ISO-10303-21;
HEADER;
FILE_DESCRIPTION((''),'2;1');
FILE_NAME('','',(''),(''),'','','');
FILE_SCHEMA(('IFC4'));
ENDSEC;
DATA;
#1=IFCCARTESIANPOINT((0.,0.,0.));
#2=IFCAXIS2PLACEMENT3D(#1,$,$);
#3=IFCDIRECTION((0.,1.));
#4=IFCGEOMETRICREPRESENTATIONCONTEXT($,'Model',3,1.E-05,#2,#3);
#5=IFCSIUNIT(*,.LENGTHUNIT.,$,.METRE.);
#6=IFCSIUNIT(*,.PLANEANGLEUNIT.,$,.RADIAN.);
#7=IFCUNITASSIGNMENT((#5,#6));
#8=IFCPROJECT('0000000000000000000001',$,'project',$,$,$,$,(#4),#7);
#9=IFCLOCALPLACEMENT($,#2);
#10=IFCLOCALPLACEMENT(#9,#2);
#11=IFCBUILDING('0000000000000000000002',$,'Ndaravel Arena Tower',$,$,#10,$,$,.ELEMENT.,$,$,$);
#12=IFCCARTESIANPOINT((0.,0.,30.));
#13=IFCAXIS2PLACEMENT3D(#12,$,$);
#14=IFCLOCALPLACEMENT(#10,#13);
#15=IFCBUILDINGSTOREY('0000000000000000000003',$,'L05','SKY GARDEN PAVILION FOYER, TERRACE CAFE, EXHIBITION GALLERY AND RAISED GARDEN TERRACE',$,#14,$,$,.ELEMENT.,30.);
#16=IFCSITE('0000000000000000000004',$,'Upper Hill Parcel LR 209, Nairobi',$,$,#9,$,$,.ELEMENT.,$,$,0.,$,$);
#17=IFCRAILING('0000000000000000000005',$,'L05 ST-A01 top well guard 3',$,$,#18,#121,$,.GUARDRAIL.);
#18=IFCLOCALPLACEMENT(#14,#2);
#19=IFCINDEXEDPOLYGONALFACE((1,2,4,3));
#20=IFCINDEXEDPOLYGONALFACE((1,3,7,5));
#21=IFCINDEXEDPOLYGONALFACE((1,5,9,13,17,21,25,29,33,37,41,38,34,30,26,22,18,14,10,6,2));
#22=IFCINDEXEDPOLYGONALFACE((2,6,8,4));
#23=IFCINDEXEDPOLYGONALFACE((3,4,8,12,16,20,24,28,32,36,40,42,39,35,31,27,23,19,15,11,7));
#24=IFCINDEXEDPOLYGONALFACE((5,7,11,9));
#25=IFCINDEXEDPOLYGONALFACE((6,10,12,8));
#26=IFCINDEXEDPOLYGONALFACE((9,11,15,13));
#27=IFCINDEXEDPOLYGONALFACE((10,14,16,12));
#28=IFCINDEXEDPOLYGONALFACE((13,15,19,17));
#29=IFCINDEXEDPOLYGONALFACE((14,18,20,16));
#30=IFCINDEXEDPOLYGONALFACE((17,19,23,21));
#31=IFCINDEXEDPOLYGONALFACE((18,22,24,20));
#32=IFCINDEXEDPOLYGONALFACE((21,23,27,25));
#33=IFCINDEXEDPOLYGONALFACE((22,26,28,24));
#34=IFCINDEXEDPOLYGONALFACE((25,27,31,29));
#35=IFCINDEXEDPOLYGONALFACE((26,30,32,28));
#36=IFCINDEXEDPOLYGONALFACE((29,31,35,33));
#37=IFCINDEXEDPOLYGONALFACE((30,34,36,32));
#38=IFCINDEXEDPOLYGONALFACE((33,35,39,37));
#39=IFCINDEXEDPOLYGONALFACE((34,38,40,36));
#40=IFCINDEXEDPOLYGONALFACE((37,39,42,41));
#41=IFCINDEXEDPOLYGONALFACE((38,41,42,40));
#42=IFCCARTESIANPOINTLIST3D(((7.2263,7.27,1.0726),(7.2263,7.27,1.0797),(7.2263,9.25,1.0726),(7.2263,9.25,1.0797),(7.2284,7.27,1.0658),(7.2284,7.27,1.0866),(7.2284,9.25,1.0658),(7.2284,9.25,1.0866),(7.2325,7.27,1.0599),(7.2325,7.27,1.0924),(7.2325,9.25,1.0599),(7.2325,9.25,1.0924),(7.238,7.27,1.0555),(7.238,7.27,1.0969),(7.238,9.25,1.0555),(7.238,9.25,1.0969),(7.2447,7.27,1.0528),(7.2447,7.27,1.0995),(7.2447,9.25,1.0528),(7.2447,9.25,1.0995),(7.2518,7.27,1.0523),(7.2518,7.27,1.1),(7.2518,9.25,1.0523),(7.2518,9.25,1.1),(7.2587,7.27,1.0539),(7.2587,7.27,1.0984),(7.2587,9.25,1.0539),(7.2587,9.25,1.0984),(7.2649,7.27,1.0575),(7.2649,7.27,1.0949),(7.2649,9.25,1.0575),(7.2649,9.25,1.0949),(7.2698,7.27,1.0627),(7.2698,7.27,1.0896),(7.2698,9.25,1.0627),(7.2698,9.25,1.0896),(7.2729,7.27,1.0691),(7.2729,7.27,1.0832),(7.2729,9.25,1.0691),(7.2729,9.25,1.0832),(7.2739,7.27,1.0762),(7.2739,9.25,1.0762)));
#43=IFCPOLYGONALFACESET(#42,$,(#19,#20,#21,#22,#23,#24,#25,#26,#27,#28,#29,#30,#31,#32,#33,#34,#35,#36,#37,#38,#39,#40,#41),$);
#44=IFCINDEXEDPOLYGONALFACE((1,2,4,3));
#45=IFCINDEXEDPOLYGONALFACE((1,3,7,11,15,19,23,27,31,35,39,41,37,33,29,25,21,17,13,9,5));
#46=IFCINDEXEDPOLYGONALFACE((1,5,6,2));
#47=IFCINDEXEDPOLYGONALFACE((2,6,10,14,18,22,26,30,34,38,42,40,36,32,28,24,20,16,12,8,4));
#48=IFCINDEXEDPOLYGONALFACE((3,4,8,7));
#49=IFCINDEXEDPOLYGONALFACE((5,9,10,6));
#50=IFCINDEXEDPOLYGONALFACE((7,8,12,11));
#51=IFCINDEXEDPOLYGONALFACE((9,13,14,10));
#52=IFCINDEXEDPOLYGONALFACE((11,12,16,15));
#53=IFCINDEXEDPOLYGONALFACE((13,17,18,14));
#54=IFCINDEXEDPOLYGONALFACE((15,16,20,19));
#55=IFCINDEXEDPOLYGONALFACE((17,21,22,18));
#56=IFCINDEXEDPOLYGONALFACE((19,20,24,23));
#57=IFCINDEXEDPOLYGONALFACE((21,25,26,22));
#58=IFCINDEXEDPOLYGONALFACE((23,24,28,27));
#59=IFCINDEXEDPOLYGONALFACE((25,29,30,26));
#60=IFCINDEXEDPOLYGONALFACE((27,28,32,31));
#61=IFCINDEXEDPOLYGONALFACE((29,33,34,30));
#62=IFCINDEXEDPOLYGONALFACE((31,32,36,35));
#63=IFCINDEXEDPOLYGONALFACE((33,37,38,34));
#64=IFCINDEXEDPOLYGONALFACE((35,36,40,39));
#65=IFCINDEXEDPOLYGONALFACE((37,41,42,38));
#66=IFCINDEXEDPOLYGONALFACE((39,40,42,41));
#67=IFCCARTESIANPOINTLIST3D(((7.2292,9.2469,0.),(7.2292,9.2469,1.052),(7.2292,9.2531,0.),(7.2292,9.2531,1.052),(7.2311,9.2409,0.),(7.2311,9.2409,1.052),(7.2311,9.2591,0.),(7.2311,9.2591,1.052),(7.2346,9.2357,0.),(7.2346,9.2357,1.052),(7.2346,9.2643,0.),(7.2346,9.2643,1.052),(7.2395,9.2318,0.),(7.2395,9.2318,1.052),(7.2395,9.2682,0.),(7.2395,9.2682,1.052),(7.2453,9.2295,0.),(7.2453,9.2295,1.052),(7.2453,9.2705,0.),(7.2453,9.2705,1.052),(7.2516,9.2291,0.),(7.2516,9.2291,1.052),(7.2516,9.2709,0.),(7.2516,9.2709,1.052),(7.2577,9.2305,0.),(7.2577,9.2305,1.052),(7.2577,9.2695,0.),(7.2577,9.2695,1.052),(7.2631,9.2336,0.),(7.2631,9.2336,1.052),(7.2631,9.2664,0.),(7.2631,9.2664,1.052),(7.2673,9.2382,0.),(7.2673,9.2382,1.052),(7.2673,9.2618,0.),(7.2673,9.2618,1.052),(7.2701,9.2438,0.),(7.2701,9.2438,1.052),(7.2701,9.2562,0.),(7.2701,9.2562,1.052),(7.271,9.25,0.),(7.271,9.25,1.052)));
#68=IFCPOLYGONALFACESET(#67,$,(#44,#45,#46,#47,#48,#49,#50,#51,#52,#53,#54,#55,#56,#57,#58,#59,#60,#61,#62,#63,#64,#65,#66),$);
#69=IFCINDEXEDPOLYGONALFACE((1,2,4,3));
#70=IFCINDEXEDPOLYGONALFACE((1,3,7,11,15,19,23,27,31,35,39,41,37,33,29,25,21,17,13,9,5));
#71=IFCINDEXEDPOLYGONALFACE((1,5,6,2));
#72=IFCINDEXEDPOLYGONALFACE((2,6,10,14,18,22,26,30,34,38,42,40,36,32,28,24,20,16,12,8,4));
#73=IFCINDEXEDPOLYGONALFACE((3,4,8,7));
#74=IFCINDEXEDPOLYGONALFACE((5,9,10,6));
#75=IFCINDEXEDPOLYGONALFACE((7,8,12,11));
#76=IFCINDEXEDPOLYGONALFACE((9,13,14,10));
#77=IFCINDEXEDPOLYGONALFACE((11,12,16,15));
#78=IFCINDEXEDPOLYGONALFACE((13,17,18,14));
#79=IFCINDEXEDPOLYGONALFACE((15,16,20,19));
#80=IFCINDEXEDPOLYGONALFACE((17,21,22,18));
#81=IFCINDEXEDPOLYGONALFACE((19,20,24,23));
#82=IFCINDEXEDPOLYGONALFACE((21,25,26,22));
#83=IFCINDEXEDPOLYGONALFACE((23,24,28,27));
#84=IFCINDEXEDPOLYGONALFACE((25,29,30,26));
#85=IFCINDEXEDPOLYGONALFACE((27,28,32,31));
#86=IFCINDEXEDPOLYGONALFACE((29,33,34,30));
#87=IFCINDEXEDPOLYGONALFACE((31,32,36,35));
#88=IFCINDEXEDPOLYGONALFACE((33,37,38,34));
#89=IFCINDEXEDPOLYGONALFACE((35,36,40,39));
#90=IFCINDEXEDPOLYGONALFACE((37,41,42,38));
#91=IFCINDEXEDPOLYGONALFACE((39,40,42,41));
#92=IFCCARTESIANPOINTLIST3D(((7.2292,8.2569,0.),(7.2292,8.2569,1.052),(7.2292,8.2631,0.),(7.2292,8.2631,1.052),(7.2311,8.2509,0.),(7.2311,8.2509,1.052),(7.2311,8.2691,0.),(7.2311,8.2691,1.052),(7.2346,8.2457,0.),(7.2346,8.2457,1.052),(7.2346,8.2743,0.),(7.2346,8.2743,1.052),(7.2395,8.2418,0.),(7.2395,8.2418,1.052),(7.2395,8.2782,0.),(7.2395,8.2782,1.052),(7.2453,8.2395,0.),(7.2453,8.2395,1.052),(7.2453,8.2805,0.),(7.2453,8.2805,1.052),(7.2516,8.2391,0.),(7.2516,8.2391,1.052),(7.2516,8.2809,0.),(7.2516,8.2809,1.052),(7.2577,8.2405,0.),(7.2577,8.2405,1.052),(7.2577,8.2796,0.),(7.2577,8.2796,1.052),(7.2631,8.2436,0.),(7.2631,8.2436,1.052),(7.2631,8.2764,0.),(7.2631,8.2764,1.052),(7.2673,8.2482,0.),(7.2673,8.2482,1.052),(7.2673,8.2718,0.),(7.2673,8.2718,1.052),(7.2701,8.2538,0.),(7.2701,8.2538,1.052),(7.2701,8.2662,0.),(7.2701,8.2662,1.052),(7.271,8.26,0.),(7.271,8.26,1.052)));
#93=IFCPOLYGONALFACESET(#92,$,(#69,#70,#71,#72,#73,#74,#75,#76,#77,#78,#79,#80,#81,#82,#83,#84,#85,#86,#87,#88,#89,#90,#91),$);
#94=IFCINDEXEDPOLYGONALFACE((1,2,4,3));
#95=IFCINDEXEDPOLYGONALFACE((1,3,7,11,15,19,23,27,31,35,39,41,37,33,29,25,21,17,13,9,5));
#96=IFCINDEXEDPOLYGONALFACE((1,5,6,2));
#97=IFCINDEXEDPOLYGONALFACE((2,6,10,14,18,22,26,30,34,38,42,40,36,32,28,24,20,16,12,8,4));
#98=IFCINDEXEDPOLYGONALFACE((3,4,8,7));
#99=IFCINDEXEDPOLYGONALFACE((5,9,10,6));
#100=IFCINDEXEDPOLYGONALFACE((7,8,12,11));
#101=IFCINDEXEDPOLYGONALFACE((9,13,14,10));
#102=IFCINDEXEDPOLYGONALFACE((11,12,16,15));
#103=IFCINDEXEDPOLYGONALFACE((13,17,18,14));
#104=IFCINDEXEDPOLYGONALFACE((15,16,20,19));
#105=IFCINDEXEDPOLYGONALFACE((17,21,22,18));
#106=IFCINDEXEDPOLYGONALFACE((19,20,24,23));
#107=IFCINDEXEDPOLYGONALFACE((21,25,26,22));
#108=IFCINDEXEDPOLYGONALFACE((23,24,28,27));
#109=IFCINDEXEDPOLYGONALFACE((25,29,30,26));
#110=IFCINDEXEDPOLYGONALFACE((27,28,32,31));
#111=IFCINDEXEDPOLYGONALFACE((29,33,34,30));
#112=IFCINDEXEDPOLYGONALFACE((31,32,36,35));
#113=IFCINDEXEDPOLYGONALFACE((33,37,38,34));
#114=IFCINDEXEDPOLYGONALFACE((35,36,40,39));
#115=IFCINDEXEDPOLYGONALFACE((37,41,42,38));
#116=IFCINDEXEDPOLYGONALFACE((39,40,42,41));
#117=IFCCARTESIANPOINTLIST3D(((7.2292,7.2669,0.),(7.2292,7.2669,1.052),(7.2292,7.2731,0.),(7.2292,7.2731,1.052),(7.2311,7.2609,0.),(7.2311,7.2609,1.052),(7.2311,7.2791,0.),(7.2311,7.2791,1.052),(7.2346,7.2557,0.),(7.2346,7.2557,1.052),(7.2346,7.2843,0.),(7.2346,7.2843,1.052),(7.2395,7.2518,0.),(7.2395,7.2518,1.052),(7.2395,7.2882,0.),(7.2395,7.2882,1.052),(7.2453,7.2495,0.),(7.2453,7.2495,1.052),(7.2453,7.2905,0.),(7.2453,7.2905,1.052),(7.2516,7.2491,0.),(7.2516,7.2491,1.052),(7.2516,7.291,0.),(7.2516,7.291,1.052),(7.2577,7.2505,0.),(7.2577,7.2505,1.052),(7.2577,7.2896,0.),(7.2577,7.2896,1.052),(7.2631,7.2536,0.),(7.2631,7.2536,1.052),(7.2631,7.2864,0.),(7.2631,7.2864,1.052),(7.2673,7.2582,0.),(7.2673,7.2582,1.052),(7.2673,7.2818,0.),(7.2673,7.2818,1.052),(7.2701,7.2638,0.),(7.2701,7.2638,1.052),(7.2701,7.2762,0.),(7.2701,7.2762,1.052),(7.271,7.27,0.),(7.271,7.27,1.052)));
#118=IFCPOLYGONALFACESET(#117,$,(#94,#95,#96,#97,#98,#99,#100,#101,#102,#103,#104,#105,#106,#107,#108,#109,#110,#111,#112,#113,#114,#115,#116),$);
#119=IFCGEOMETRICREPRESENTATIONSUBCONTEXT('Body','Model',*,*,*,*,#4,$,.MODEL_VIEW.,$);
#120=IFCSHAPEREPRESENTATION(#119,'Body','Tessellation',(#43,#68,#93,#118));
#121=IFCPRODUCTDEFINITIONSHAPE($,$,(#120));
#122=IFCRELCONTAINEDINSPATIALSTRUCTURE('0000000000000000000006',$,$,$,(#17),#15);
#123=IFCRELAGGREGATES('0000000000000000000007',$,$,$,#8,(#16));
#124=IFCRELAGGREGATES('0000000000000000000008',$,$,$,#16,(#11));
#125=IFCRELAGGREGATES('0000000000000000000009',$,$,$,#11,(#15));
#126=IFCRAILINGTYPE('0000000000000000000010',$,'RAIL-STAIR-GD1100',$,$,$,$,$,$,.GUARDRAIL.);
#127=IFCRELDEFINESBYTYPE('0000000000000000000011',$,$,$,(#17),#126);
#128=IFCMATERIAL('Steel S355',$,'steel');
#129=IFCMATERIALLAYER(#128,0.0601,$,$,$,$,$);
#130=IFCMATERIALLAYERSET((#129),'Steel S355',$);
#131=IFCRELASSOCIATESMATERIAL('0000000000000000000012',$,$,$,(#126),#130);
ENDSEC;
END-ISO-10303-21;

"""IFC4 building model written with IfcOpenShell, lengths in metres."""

from ifc_helpers import new_model, si_unit, direction, frame, origin, origin_2d, place, context, subcontext, project, spatial, circle, extrude, material, layer, layer_set, type_object, element, save


model = new_model("IFC4")

# Units and contexts
model_context = context("Model", 3, precision=1e-05, world=origin(), true_north=direction((0.0, 1.0)))
body_context = subcontext(model_context, "Body", "Model", "MODEL_VIEW")
ifc_project = project(units=[si_unit("LENGTHUNIT", "METRE"), si_unit("PLANEANGLEUNIT", "RADIAN")], contexts=[model_context])

# Site, building, storey
site_placement = place(None, origin())
site = spatial("IfcSite", under=ifc_project, at=site_placement, Name="Upper Hill Parcel LR 209, Nairobi", CompositionType="ELEMENT", RefElevation=0.0)
building_placement = place(site_placement, origin())
building = spatial("IfcBuilding", under=site, at=building_placement, Name="Ndaravel Arena Tower", CompositionType="ELEMENT")
storey_placement = place(building_placement, frame((0.0, 0.0, 30.0)))
storey = spatial("IfcBuildingStorey", under=building, at=storey_placement, Name="L05", Description="SKY GARDEN PAVILION FOYER, TERRACE CAFE, EXHIBITION GALLERY AND RAISED GARDEN TERRACE", CompositionType="ELEMENT", Elevation=30.0)

# Railing
ifc_material_1 = material(Name="Steel S355", Category="steel")
ifc_layer_1 = layer(ifc_material_1, 0.0601)
ifc_layer_set_1 = layer_set([ifc_layer_1], Name="Steel S355")
railing_type_1 = type_object("IfcRailingType", Name="RAIL-STAIR-GD1100", PredefinedType="GUARDRAIL", material=ifc_layer_set_1)
for number, where, name in (
    (1, (7.25, 9.25, 0.0), "L05 ST-A01 top well guard 3"),
):
    element("IfcRailing", number, at=place(storey_placement, frame(where)), inside=storey, type_object=railing_type_1, Name=name, PredefinedType="GUARDRAIL", context=body_context, shape_type="SweptSolid", body=[
        extrude(circle(Radius=0.0239, at=origin_2d()), frame((0.0, 0.0, 1.0762), z_axis=(0.0, -1.0, 0.0), x_axis=(1.0, 0.0, 0.0)), (0.0, 0.0, 1.0), 1.98),
        extrude(circle(Radius=0.021, at=origin_2d()), origin(), (0.0, 0.0, 1.0), 1.052),
        extrude(circle(Radius=0.021, at=origin_2d()), frame((0.0, -0.99, 0.0)), (0.0, 0.0, 1.0), 1.052),
        extrude(circle(Radius=0.021, at=origin_2d()), frame((0.0, -1.98, 0.0)), (0.0, 0.0, 1.0), 1.052),
    ])

save(model, "model.ifc")
